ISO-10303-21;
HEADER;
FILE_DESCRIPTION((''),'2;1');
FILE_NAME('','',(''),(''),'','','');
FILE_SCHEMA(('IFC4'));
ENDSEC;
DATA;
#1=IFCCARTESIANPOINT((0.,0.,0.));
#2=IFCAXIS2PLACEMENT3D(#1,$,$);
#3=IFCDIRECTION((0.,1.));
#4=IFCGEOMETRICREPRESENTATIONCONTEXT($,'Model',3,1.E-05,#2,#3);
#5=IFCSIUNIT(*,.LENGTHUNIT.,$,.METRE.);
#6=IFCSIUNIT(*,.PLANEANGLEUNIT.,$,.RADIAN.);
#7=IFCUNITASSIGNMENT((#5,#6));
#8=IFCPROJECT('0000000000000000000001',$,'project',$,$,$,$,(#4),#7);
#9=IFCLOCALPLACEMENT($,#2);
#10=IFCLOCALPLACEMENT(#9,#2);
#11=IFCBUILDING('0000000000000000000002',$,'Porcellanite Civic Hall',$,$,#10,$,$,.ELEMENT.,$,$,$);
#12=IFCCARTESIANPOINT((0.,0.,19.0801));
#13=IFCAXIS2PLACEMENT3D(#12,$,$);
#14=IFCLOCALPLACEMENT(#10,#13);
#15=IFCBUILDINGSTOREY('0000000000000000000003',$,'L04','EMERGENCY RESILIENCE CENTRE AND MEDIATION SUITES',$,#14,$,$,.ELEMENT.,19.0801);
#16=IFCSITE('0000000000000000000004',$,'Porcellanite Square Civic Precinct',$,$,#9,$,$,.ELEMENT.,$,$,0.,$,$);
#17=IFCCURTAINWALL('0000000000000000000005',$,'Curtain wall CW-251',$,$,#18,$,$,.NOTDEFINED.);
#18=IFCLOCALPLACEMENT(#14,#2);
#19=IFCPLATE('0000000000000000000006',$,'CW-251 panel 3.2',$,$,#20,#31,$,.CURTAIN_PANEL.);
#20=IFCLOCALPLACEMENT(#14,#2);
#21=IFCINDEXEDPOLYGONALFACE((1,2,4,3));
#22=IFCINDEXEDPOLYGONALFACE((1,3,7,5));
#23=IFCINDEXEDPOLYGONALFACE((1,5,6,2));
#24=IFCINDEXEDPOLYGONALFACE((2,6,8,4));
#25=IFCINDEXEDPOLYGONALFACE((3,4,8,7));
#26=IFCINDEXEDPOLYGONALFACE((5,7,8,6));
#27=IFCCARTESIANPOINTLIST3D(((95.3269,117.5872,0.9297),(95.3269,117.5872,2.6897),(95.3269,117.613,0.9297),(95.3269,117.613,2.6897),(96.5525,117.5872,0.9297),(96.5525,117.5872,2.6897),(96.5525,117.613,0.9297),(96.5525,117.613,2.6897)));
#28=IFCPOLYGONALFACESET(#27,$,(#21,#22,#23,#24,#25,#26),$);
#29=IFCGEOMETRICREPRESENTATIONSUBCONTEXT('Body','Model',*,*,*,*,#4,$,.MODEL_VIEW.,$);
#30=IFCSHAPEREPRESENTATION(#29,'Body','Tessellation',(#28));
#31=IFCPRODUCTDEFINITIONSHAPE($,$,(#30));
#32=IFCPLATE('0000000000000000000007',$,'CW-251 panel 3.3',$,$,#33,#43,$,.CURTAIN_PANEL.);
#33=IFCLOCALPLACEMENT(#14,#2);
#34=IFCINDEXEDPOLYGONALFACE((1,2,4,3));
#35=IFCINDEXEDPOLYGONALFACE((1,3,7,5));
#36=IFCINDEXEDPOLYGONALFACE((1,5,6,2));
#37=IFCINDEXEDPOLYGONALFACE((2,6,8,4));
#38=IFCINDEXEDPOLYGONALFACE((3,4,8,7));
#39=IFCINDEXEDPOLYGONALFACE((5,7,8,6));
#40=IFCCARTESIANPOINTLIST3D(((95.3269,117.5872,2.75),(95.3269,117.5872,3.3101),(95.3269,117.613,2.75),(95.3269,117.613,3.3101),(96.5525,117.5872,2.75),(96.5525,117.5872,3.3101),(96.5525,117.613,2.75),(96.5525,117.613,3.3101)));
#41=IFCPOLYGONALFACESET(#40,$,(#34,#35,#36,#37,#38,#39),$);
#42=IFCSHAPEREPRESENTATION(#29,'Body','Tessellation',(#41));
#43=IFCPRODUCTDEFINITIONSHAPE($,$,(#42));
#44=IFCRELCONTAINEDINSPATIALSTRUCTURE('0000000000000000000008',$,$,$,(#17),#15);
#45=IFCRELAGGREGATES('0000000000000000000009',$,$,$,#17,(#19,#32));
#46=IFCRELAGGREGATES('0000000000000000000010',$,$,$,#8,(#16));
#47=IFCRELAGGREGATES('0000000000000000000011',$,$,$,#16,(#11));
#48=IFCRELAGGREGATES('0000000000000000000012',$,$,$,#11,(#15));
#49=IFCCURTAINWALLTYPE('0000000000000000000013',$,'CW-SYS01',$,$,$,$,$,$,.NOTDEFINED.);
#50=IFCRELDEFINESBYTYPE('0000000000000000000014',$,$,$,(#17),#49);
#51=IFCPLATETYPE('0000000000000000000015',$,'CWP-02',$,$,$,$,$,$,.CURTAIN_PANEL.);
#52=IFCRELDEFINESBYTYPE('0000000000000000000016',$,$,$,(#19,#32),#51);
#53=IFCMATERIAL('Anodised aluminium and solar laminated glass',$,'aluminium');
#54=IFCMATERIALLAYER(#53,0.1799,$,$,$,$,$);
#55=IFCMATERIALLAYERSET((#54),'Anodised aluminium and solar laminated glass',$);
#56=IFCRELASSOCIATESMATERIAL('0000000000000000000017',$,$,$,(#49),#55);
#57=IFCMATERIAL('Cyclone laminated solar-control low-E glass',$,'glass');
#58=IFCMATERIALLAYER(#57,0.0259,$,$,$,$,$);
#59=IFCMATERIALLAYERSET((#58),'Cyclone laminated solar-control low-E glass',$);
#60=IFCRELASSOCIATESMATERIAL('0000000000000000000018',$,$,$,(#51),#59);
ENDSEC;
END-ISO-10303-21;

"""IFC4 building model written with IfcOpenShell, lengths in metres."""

from ifc_helpers import new_model, si_unit, direction, frame, origin, origin_2d, place, context, subcontext, project, spatial, rectangle, extrude, material, layer, layer_set, type_object, element, aggregate, save


model = new_model("IFC4")

# Units and contexts
model_context = context("Model", 3, precision=1e-05, world=origin(), true_north=direction((0.0, 1.0)))
body_context = subcontext(model_context, "Body", "Model", "MODEL_VIEW")
ifc_project = project(units=[si_unit("LENGTHUNIT", "METRE"), si_unit("PLANEANGLEUNIT", "RADIAN")], contexts=[model_context])

# Site, building, storey
site_placement = place(None, origin())
site = spatial("IfcSite", under=ifc_project, at=site_placement, Name="Porcellanite Square Civic Precinct", CompositionType="ELEMENT", RefElevation=0.0)
building_placement = place(site_placement, origin())
building = spatial("IfcBuilding", under=site, at=building_placement, Name="Porcellanite Civic Hall", CompositionType="ELEMENT")
storey_placement = place(building_placement, frame((0.0, 0.0, 19.0801)))
storey = spatial("IfcBuildingStorey", under=building, at=storey_placement, Name="L04", Description="EMERGENCY RESILIENCE CENTRE AND MEDIATION SUITES", CompositionType="ELEMENT", Elevation=19.0801)

# Curtain wall
ifc_material_1 = material(Name="Anodised aluminium and solar laminated glass", Category="aluminium")
ifc_layer_1 = layer(ifc_material_1, 0.1799)
ifc_layer_set_1 = layer_set([ifc_layer_1], Name="Anodised aluminium and solar laminated glass")
curtain_wall_type = type_object("IfcCurtainWallType", Name="CW-SYS01", PredefinedType="NOTDEFINED", material=ifc_layer_set_1)
curtain_wall_placement = place(storey_placement, origin())
curtain_wall = element("IfcCurtainWall", 1, at=curtain_wall_placement, inside=storey, type_object=curtain_wall_type, Name="Curtain wall CW-251", PredefinedType="NOTDEFINED")

# Plates
ifc_material_2 = material(Name="Cyclone laminated solar-control low-E glass", Category="glass")
ifc_layer_2 = layer(ifc_material_2, 0.0259)
ifc_layer_set_2 = layer_set([ifc_layer_2], Name="Cyclone laminated solar-control low-E glass")
plate_type = type_object("IfcPlateType", Name="CWP-02", PredefinedType="CURTAIN_PANEL", material=ifc_layer_set_2)
plate_1_placement = place(storey_placement, frame((95.9397, 117.6001, 0.9297), z_axis=(0.0, 0.0, 1.0), x_axis=(1.0, 0.0, 0.0)))
plate_1 = element("IfcPlate", 2, at=plate_1_placement, type_object=plate_type, Name="CW-251 panel 3.2", PredefinedType="CURTAIN_PANEL", context=body_context, shape_type="SweptSolid", body=[
    extrude(rectangle(XDim=1.2256, YDim=0.0259, at=origin_2d()), origin(), (0.0, 0.0, 1.0), 1.76),
])
plate_2_placement = place(storey_placement, frame((95.9397, 117.6001, 2.75), z_axis=(0.0, 0.0, 1.0), x_axis=(1.0, 0.0, 0.0)))
plate_2 = element("IfcPlate", 3, at=plate_2_placement, type_object=plate_type, Name="CW-251 panel 3.3", PredefinedType="CURTAIN_PANEL", context=body_context, shape_type="SweptSolid", body=[
    extrude(rectangle(XDim=1.2256, YDim=0.0259, at=origin_2d()), origin(), (0.0, 0.0, 1.0), 0.5601),
])
aggregate(curtain_wall, [plate_1, plate_2])

save(model, "model.ifc")
